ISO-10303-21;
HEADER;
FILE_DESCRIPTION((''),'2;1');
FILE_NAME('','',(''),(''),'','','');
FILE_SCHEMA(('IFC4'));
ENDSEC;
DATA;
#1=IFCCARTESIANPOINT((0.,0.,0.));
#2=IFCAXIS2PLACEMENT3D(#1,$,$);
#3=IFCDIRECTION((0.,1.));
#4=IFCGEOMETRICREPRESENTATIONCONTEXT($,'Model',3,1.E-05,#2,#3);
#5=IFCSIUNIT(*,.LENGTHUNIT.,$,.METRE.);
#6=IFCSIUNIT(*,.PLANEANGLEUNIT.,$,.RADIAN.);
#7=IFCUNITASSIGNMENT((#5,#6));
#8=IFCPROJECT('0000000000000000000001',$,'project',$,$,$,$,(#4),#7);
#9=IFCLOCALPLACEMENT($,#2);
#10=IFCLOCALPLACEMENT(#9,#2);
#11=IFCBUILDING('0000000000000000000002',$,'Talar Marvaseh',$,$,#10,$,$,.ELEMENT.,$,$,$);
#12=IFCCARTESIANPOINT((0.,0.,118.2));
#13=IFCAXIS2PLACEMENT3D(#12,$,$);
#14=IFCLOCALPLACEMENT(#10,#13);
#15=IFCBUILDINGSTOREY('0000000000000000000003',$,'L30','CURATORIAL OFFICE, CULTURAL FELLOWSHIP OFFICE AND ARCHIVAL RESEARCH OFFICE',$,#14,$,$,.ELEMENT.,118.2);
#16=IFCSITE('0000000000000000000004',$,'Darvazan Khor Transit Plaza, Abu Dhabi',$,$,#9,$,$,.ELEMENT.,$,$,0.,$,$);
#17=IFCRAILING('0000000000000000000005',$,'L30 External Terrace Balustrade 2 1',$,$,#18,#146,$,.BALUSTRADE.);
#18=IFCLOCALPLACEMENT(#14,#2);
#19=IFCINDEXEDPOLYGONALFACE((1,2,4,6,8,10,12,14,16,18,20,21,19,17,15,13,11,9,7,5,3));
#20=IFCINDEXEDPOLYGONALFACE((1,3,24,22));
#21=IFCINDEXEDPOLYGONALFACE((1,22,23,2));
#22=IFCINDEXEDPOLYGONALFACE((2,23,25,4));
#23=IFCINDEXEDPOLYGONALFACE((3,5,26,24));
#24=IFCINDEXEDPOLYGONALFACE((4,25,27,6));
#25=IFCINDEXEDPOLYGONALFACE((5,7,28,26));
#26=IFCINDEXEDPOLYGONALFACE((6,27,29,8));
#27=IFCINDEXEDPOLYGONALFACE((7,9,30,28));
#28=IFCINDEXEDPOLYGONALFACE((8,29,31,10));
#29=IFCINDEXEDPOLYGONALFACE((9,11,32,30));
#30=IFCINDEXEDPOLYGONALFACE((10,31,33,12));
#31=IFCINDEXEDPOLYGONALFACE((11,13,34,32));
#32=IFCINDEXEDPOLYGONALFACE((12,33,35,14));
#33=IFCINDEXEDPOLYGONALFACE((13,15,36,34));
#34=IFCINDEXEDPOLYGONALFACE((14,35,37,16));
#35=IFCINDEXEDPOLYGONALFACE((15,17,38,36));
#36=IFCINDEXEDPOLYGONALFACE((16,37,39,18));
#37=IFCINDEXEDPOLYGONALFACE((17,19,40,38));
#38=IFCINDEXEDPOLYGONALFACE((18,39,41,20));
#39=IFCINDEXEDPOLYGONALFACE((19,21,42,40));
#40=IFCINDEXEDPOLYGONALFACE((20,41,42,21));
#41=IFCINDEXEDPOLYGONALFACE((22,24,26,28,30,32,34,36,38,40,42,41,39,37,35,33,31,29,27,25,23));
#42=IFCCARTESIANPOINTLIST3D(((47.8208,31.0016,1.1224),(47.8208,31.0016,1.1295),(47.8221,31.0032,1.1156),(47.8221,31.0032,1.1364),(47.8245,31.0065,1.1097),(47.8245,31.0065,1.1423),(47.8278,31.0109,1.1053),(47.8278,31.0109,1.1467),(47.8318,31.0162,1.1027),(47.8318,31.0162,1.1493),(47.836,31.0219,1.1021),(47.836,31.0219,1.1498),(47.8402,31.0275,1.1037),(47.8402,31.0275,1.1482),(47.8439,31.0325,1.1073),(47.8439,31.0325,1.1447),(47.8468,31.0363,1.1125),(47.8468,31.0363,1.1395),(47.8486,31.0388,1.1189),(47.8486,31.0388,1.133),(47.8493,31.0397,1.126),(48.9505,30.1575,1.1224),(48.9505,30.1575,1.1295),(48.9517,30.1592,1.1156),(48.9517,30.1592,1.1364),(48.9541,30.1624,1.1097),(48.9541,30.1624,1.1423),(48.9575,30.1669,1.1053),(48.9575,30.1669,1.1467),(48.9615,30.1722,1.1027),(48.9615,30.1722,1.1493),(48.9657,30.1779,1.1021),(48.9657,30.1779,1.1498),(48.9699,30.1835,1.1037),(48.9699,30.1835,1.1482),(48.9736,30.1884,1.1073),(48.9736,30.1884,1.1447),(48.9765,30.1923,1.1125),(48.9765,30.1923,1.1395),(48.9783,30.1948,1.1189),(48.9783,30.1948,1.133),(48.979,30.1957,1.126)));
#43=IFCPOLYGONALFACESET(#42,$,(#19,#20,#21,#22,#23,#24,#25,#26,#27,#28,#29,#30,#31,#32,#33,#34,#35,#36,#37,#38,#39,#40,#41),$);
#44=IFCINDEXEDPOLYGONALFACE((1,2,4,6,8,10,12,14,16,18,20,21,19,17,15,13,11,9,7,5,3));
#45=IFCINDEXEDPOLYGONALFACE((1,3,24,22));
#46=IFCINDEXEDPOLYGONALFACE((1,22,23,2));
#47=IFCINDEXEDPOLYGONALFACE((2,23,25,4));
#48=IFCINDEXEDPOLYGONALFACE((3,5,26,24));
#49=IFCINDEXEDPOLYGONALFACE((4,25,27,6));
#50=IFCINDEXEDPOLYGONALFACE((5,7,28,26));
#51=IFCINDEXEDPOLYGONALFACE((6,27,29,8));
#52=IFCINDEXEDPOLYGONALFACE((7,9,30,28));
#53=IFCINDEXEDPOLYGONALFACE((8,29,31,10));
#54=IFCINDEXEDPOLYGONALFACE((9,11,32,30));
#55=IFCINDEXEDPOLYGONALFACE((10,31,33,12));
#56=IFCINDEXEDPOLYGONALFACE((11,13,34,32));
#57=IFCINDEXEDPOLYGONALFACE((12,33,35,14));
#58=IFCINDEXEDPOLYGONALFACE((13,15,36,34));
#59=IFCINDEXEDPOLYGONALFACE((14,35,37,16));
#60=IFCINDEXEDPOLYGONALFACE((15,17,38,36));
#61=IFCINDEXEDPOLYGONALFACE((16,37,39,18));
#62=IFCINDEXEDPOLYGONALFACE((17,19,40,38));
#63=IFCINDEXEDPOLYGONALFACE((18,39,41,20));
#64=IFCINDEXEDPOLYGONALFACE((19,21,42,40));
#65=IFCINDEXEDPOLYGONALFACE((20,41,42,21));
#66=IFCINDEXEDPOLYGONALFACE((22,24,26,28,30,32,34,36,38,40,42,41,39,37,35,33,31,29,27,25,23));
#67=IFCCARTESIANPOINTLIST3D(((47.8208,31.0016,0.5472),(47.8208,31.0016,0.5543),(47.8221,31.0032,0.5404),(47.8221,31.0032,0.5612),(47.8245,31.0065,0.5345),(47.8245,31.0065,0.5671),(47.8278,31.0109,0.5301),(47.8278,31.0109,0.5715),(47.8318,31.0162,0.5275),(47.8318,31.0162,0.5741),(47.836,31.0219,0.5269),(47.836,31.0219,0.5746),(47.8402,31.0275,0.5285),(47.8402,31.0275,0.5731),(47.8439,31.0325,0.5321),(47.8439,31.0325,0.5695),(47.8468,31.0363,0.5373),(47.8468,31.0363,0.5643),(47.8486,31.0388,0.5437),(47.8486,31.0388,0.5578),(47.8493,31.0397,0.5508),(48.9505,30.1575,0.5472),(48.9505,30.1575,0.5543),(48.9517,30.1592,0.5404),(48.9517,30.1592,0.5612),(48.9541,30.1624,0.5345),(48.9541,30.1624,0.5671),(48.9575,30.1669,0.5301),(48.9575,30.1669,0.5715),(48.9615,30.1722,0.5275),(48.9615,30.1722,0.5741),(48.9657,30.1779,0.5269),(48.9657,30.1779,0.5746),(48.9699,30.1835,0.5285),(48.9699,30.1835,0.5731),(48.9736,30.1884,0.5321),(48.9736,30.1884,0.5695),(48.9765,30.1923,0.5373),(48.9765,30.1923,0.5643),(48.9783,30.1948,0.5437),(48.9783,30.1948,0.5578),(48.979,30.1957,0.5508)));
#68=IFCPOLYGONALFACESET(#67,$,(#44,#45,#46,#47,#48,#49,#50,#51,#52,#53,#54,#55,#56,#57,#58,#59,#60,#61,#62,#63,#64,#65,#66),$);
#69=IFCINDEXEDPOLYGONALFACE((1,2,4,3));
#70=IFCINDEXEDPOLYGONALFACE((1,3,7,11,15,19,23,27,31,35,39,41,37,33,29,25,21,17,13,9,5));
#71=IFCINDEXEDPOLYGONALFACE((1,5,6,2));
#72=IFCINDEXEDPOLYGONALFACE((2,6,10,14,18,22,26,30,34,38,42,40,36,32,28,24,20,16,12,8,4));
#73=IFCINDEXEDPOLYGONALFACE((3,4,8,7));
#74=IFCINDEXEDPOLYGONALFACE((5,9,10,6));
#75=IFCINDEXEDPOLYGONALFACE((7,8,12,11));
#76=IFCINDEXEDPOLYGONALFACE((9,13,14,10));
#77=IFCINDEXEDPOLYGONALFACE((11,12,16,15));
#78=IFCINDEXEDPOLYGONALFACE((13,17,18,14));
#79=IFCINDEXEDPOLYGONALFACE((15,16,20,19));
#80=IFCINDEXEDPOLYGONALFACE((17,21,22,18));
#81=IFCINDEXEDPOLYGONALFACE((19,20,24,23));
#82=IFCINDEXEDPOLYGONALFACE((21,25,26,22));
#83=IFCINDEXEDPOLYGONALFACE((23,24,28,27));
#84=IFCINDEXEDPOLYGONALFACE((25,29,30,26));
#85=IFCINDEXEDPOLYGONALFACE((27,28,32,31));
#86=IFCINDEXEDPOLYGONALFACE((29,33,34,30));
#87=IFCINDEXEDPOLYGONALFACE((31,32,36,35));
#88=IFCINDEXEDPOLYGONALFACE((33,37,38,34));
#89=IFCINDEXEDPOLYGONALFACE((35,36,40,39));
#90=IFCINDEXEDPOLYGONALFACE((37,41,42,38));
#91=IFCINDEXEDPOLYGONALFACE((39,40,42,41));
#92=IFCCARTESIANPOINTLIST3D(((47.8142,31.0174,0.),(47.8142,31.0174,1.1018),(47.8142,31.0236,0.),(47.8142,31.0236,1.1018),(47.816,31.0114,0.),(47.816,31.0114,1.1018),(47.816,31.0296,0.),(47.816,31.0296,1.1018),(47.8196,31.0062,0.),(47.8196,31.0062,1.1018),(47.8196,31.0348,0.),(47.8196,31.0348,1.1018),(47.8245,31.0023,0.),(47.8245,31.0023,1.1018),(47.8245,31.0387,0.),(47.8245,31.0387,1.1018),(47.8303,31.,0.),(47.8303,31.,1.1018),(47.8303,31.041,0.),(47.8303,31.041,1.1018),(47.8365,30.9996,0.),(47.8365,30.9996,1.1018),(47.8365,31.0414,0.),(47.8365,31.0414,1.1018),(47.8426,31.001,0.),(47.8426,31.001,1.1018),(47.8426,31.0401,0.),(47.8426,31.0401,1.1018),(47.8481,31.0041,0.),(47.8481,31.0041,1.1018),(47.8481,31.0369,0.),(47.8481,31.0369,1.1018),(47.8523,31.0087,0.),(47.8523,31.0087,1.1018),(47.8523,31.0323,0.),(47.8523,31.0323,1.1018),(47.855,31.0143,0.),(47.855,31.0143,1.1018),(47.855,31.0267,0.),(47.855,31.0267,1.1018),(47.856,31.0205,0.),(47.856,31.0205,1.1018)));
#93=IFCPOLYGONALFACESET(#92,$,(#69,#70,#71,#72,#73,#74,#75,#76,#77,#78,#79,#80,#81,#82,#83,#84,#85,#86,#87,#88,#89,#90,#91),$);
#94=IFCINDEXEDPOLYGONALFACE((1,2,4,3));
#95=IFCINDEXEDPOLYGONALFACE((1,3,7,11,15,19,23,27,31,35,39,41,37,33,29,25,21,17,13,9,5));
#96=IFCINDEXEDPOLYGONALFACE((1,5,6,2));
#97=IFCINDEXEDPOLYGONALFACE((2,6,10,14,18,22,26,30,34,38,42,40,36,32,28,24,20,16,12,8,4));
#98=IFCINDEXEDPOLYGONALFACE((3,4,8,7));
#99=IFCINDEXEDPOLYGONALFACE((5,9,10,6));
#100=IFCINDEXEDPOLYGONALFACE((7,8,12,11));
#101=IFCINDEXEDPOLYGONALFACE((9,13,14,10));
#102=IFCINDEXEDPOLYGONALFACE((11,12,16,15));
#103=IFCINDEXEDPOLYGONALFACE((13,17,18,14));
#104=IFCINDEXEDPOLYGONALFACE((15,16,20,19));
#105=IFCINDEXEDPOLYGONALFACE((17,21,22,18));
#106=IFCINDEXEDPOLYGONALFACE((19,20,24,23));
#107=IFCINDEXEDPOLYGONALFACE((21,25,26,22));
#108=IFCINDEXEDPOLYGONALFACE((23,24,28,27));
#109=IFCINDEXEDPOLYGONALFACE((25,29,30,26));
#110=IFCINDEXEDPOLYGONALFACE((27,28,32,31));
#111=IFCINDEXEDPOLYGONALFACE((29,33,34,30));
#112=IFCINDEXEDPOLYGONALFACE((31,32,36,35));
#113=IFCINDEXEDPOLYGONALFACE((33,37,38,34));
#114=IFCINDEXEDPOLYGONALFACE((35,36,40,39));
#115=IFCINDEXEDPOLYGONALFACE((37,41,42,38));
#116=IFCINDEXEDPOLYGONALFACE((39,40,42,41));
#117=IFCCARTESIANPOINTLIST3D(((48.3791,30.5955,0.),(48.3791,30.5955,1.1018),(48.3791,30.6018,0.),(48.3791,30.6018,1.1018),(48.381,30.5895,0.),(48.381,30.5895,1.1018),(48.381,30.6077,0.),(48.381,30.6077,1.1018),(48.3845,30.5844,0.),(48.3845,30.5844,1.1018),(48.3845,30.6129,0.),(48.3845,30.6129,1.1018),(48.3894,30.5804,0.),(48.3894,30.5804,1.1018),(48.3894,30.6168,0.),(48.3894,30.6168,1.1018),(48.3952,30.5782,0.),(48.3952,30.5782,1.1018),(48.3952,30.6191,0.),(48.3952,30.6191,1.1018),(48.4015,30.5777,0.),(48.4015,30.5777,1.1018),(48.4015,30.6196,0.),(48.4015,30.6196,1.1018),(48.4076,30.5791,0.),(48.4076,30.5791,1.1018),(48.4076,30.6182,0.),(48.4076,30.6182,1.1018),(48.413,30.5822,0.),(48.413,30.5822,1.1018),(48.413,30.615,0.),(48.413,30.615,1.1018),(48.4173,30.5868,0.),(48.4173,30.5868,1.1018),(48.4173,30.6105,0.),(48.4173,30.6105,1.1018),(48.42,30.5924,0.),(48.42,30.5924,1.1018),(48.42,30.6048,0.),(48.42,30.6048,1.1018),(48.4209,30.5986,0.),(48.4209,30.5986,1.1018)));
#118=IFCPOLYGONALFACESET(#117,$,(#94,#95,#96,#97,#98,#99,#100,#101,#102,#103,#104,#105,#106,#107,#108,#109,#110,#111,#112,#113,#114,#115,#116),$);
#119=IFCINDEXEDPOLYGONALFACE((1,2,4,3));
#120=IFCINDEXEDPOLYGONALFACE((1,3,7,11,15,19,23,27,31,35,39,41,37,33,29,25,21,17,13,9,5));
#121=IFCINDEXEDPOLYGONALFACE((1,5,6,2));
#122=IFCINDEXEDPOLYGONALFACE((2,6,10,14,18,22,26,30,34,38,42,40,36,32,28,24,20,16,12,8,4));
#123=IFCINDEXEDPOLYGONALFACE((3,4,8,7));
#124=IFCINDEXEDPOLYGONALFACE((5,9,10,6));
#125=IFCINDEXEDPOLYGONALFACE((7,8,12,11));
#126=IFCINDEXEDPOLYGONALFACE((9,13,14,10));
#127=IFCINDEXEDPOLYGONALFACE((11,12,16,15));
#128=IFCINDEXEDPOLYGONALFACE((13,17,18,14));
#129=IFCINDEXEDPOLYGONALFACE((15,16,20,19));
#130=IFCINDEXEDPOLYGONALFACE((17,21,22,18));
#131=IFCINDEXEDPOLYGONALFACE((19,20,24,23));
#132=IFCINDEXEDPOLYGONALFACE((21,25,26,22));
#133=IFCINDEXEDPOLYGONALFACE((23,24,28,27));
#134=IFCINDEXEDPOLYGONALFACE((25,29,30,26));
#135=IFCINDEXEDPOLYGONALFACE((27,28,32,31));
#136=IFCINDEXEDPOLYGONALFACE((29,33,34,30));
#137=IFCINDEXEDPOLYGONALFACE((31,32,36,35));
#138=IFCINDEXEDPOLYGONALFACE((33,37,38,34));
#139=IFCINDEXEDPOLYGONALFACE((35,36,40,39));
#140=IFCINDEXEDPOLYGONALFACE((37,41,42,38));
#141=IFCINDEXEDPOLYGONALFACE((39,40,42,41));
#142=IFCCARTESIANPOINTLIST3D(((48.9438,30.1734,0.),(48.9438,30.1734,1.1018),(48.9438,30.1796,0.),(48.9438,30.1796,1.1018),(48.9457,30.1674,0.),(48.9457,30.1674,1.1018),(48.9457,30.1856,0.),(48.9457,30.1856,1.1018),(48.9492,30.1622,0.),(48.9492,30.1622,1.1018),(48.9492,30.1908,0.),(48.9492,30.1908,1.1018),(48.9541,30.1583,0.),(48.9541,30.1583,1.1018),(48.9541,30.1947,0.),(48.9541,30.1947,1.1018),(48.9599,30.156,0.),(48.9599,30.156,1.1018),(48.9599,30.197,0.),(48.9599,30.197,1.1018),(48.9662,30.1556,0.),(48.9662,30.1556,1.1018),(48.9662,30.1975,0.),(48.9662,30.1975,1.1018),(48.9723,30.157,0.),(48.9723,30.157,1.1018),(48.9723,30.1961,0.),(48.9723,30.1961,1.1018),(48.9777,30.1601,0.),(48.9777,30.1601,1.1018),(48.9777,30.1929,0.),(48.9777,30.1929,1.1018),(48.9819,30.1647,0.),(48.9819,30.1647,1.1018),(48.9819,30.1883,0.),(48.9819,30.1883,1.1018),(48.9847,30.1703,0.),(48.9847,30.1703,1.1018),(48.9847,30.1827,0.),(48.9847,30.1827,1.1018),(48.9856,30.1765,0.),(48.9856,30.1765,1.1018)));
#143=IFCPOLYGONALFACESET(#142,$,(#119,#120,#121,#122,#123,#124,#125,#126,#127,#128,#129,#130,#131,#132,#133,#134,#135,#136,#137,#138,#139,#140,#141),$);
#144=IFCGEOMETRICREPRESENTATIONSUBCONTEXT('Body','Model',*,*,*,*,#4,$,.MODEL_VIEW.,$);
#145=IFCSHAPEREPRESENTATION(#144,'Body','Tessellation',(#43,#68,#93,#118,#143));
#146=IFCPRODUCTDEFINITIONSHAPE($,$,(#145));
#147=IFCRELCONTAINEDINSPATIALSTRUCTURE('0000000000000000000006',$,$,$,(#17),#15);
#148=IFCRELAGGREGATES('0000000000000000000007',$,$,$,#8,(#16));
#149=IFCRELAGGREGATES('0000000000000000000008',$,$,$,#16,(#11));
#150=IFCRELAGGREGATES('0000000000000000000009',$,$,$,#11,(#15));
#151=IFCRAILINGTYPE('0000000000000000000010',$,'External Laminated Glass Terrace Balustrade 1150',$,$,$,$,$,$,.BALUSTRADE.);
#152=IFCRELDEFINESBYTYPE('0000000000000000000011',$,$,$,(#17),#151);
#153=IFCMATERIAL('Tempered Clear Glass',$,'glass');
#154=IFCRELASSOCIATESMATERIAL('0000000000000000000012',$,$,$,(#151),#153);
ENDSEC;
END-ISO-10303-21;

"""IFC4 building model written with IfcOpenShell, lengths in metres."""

from ifc_helpers import new_model, si_unit, direction, frame, origin, origin_2d, place, context, subcontext, project, spatial, circle, extrude, material, type_object, element, save


model = new_model("IFC4")

# Units and contexts
model_context = context("Model", 3, precision=1e-05, world=origin(), true_north=direction((0.0, 1.0)))
body_context = subcontext(model_context, "Body", "Model", "MODEL_VIEW")
ifc_project = project(units=[si_unit("LENGTHUNIT", "METRE"), si_unit("PLANEANGLEUNIT", "RADIAN")], contexts=[model_context])

# Site, building, storey
site_placement = place(None, origin())
site = spatial("IfcSite", under=ifc_project, at=site_placement, Name="Darvazan Khor Transit Plaza, Abu Dhabi", CompositionType="ELEMENT", RefElevation=0.0)
building_placement = place(site_placement, origin())
building = spatial("IfcBuilding", under=site, at=building_placement, Name="Talar Marvaseh", CompositionType="ELEMENT")
storey_placement = place(building_placement, frame((0.0, 0.0, 118.2)))
storey = spatial("IfcBuildingStorey", under=building, at=storey_placement, Name="L30", Description="CURATORIAL OFFICE, CULTURAL FELLOWSHIP OFFICE AND ARCHIVAL RESEARCH OFFICE", CompositionType="ELEMENT", Elevation=118.2)

# Railing
ifc_material_1 = material(Name="Tempered Clear Glass", Category="glass")
railing_type = type_object("IfcRailingType", Name="External Laminated Glass Terrace Balustrade 1150", PredefinedType="BALUSTRADE", material=ifc_material_1)
railing_1_placement = place(storey_placement, frame((47.835, 31.0205, 0.0)))
element("IfcRailing", 1, at=railing_1_placement, inside=storey, type_object=railing_type, Name="L30 External Terrace Balustrade 2 1", PredefinedType="BALUSTRADE", context=body_context, shape_type="SweptSolid", body=[
    extrude(circle(Radius=0.0239, at=origin_2d()), frame((0.0, 0.0, 1.126), z_axis=(0.8011, -0.598531, 0.0), x_axis=(0.598531, 0.8011, 0.0)), (0.0, 0.0, 1.0), 1.4102),
    extrude(circle(Radius=0.0239, at=origin_2d()), frame((0.0, 0.0, 0.5508), z_axis=(0.8011, -0.598531, 0.0), x_axis=(0.598531, 0.8011, 0.0)), (0.0, 0.0, 1.0), 1.4102),
    extrude(circle(Radius=0.021, at=origin_2d()), origin(), (0.0, 0.0, 1.0), 1.1018),
    extrude(circle(Radius=0.021, at=origin_2d()), frame((0.5649, -0.4219, 0.0)), (0.0, 0.0, 1.0), 1.1018),
    extrude(circle(Radius=0.021, at=origin_2d()), frame((1.1296, -0.844, 0.0)), (0.0, 0.0, 1.0), 1.1018),
])

save(model, "model.ifc")
